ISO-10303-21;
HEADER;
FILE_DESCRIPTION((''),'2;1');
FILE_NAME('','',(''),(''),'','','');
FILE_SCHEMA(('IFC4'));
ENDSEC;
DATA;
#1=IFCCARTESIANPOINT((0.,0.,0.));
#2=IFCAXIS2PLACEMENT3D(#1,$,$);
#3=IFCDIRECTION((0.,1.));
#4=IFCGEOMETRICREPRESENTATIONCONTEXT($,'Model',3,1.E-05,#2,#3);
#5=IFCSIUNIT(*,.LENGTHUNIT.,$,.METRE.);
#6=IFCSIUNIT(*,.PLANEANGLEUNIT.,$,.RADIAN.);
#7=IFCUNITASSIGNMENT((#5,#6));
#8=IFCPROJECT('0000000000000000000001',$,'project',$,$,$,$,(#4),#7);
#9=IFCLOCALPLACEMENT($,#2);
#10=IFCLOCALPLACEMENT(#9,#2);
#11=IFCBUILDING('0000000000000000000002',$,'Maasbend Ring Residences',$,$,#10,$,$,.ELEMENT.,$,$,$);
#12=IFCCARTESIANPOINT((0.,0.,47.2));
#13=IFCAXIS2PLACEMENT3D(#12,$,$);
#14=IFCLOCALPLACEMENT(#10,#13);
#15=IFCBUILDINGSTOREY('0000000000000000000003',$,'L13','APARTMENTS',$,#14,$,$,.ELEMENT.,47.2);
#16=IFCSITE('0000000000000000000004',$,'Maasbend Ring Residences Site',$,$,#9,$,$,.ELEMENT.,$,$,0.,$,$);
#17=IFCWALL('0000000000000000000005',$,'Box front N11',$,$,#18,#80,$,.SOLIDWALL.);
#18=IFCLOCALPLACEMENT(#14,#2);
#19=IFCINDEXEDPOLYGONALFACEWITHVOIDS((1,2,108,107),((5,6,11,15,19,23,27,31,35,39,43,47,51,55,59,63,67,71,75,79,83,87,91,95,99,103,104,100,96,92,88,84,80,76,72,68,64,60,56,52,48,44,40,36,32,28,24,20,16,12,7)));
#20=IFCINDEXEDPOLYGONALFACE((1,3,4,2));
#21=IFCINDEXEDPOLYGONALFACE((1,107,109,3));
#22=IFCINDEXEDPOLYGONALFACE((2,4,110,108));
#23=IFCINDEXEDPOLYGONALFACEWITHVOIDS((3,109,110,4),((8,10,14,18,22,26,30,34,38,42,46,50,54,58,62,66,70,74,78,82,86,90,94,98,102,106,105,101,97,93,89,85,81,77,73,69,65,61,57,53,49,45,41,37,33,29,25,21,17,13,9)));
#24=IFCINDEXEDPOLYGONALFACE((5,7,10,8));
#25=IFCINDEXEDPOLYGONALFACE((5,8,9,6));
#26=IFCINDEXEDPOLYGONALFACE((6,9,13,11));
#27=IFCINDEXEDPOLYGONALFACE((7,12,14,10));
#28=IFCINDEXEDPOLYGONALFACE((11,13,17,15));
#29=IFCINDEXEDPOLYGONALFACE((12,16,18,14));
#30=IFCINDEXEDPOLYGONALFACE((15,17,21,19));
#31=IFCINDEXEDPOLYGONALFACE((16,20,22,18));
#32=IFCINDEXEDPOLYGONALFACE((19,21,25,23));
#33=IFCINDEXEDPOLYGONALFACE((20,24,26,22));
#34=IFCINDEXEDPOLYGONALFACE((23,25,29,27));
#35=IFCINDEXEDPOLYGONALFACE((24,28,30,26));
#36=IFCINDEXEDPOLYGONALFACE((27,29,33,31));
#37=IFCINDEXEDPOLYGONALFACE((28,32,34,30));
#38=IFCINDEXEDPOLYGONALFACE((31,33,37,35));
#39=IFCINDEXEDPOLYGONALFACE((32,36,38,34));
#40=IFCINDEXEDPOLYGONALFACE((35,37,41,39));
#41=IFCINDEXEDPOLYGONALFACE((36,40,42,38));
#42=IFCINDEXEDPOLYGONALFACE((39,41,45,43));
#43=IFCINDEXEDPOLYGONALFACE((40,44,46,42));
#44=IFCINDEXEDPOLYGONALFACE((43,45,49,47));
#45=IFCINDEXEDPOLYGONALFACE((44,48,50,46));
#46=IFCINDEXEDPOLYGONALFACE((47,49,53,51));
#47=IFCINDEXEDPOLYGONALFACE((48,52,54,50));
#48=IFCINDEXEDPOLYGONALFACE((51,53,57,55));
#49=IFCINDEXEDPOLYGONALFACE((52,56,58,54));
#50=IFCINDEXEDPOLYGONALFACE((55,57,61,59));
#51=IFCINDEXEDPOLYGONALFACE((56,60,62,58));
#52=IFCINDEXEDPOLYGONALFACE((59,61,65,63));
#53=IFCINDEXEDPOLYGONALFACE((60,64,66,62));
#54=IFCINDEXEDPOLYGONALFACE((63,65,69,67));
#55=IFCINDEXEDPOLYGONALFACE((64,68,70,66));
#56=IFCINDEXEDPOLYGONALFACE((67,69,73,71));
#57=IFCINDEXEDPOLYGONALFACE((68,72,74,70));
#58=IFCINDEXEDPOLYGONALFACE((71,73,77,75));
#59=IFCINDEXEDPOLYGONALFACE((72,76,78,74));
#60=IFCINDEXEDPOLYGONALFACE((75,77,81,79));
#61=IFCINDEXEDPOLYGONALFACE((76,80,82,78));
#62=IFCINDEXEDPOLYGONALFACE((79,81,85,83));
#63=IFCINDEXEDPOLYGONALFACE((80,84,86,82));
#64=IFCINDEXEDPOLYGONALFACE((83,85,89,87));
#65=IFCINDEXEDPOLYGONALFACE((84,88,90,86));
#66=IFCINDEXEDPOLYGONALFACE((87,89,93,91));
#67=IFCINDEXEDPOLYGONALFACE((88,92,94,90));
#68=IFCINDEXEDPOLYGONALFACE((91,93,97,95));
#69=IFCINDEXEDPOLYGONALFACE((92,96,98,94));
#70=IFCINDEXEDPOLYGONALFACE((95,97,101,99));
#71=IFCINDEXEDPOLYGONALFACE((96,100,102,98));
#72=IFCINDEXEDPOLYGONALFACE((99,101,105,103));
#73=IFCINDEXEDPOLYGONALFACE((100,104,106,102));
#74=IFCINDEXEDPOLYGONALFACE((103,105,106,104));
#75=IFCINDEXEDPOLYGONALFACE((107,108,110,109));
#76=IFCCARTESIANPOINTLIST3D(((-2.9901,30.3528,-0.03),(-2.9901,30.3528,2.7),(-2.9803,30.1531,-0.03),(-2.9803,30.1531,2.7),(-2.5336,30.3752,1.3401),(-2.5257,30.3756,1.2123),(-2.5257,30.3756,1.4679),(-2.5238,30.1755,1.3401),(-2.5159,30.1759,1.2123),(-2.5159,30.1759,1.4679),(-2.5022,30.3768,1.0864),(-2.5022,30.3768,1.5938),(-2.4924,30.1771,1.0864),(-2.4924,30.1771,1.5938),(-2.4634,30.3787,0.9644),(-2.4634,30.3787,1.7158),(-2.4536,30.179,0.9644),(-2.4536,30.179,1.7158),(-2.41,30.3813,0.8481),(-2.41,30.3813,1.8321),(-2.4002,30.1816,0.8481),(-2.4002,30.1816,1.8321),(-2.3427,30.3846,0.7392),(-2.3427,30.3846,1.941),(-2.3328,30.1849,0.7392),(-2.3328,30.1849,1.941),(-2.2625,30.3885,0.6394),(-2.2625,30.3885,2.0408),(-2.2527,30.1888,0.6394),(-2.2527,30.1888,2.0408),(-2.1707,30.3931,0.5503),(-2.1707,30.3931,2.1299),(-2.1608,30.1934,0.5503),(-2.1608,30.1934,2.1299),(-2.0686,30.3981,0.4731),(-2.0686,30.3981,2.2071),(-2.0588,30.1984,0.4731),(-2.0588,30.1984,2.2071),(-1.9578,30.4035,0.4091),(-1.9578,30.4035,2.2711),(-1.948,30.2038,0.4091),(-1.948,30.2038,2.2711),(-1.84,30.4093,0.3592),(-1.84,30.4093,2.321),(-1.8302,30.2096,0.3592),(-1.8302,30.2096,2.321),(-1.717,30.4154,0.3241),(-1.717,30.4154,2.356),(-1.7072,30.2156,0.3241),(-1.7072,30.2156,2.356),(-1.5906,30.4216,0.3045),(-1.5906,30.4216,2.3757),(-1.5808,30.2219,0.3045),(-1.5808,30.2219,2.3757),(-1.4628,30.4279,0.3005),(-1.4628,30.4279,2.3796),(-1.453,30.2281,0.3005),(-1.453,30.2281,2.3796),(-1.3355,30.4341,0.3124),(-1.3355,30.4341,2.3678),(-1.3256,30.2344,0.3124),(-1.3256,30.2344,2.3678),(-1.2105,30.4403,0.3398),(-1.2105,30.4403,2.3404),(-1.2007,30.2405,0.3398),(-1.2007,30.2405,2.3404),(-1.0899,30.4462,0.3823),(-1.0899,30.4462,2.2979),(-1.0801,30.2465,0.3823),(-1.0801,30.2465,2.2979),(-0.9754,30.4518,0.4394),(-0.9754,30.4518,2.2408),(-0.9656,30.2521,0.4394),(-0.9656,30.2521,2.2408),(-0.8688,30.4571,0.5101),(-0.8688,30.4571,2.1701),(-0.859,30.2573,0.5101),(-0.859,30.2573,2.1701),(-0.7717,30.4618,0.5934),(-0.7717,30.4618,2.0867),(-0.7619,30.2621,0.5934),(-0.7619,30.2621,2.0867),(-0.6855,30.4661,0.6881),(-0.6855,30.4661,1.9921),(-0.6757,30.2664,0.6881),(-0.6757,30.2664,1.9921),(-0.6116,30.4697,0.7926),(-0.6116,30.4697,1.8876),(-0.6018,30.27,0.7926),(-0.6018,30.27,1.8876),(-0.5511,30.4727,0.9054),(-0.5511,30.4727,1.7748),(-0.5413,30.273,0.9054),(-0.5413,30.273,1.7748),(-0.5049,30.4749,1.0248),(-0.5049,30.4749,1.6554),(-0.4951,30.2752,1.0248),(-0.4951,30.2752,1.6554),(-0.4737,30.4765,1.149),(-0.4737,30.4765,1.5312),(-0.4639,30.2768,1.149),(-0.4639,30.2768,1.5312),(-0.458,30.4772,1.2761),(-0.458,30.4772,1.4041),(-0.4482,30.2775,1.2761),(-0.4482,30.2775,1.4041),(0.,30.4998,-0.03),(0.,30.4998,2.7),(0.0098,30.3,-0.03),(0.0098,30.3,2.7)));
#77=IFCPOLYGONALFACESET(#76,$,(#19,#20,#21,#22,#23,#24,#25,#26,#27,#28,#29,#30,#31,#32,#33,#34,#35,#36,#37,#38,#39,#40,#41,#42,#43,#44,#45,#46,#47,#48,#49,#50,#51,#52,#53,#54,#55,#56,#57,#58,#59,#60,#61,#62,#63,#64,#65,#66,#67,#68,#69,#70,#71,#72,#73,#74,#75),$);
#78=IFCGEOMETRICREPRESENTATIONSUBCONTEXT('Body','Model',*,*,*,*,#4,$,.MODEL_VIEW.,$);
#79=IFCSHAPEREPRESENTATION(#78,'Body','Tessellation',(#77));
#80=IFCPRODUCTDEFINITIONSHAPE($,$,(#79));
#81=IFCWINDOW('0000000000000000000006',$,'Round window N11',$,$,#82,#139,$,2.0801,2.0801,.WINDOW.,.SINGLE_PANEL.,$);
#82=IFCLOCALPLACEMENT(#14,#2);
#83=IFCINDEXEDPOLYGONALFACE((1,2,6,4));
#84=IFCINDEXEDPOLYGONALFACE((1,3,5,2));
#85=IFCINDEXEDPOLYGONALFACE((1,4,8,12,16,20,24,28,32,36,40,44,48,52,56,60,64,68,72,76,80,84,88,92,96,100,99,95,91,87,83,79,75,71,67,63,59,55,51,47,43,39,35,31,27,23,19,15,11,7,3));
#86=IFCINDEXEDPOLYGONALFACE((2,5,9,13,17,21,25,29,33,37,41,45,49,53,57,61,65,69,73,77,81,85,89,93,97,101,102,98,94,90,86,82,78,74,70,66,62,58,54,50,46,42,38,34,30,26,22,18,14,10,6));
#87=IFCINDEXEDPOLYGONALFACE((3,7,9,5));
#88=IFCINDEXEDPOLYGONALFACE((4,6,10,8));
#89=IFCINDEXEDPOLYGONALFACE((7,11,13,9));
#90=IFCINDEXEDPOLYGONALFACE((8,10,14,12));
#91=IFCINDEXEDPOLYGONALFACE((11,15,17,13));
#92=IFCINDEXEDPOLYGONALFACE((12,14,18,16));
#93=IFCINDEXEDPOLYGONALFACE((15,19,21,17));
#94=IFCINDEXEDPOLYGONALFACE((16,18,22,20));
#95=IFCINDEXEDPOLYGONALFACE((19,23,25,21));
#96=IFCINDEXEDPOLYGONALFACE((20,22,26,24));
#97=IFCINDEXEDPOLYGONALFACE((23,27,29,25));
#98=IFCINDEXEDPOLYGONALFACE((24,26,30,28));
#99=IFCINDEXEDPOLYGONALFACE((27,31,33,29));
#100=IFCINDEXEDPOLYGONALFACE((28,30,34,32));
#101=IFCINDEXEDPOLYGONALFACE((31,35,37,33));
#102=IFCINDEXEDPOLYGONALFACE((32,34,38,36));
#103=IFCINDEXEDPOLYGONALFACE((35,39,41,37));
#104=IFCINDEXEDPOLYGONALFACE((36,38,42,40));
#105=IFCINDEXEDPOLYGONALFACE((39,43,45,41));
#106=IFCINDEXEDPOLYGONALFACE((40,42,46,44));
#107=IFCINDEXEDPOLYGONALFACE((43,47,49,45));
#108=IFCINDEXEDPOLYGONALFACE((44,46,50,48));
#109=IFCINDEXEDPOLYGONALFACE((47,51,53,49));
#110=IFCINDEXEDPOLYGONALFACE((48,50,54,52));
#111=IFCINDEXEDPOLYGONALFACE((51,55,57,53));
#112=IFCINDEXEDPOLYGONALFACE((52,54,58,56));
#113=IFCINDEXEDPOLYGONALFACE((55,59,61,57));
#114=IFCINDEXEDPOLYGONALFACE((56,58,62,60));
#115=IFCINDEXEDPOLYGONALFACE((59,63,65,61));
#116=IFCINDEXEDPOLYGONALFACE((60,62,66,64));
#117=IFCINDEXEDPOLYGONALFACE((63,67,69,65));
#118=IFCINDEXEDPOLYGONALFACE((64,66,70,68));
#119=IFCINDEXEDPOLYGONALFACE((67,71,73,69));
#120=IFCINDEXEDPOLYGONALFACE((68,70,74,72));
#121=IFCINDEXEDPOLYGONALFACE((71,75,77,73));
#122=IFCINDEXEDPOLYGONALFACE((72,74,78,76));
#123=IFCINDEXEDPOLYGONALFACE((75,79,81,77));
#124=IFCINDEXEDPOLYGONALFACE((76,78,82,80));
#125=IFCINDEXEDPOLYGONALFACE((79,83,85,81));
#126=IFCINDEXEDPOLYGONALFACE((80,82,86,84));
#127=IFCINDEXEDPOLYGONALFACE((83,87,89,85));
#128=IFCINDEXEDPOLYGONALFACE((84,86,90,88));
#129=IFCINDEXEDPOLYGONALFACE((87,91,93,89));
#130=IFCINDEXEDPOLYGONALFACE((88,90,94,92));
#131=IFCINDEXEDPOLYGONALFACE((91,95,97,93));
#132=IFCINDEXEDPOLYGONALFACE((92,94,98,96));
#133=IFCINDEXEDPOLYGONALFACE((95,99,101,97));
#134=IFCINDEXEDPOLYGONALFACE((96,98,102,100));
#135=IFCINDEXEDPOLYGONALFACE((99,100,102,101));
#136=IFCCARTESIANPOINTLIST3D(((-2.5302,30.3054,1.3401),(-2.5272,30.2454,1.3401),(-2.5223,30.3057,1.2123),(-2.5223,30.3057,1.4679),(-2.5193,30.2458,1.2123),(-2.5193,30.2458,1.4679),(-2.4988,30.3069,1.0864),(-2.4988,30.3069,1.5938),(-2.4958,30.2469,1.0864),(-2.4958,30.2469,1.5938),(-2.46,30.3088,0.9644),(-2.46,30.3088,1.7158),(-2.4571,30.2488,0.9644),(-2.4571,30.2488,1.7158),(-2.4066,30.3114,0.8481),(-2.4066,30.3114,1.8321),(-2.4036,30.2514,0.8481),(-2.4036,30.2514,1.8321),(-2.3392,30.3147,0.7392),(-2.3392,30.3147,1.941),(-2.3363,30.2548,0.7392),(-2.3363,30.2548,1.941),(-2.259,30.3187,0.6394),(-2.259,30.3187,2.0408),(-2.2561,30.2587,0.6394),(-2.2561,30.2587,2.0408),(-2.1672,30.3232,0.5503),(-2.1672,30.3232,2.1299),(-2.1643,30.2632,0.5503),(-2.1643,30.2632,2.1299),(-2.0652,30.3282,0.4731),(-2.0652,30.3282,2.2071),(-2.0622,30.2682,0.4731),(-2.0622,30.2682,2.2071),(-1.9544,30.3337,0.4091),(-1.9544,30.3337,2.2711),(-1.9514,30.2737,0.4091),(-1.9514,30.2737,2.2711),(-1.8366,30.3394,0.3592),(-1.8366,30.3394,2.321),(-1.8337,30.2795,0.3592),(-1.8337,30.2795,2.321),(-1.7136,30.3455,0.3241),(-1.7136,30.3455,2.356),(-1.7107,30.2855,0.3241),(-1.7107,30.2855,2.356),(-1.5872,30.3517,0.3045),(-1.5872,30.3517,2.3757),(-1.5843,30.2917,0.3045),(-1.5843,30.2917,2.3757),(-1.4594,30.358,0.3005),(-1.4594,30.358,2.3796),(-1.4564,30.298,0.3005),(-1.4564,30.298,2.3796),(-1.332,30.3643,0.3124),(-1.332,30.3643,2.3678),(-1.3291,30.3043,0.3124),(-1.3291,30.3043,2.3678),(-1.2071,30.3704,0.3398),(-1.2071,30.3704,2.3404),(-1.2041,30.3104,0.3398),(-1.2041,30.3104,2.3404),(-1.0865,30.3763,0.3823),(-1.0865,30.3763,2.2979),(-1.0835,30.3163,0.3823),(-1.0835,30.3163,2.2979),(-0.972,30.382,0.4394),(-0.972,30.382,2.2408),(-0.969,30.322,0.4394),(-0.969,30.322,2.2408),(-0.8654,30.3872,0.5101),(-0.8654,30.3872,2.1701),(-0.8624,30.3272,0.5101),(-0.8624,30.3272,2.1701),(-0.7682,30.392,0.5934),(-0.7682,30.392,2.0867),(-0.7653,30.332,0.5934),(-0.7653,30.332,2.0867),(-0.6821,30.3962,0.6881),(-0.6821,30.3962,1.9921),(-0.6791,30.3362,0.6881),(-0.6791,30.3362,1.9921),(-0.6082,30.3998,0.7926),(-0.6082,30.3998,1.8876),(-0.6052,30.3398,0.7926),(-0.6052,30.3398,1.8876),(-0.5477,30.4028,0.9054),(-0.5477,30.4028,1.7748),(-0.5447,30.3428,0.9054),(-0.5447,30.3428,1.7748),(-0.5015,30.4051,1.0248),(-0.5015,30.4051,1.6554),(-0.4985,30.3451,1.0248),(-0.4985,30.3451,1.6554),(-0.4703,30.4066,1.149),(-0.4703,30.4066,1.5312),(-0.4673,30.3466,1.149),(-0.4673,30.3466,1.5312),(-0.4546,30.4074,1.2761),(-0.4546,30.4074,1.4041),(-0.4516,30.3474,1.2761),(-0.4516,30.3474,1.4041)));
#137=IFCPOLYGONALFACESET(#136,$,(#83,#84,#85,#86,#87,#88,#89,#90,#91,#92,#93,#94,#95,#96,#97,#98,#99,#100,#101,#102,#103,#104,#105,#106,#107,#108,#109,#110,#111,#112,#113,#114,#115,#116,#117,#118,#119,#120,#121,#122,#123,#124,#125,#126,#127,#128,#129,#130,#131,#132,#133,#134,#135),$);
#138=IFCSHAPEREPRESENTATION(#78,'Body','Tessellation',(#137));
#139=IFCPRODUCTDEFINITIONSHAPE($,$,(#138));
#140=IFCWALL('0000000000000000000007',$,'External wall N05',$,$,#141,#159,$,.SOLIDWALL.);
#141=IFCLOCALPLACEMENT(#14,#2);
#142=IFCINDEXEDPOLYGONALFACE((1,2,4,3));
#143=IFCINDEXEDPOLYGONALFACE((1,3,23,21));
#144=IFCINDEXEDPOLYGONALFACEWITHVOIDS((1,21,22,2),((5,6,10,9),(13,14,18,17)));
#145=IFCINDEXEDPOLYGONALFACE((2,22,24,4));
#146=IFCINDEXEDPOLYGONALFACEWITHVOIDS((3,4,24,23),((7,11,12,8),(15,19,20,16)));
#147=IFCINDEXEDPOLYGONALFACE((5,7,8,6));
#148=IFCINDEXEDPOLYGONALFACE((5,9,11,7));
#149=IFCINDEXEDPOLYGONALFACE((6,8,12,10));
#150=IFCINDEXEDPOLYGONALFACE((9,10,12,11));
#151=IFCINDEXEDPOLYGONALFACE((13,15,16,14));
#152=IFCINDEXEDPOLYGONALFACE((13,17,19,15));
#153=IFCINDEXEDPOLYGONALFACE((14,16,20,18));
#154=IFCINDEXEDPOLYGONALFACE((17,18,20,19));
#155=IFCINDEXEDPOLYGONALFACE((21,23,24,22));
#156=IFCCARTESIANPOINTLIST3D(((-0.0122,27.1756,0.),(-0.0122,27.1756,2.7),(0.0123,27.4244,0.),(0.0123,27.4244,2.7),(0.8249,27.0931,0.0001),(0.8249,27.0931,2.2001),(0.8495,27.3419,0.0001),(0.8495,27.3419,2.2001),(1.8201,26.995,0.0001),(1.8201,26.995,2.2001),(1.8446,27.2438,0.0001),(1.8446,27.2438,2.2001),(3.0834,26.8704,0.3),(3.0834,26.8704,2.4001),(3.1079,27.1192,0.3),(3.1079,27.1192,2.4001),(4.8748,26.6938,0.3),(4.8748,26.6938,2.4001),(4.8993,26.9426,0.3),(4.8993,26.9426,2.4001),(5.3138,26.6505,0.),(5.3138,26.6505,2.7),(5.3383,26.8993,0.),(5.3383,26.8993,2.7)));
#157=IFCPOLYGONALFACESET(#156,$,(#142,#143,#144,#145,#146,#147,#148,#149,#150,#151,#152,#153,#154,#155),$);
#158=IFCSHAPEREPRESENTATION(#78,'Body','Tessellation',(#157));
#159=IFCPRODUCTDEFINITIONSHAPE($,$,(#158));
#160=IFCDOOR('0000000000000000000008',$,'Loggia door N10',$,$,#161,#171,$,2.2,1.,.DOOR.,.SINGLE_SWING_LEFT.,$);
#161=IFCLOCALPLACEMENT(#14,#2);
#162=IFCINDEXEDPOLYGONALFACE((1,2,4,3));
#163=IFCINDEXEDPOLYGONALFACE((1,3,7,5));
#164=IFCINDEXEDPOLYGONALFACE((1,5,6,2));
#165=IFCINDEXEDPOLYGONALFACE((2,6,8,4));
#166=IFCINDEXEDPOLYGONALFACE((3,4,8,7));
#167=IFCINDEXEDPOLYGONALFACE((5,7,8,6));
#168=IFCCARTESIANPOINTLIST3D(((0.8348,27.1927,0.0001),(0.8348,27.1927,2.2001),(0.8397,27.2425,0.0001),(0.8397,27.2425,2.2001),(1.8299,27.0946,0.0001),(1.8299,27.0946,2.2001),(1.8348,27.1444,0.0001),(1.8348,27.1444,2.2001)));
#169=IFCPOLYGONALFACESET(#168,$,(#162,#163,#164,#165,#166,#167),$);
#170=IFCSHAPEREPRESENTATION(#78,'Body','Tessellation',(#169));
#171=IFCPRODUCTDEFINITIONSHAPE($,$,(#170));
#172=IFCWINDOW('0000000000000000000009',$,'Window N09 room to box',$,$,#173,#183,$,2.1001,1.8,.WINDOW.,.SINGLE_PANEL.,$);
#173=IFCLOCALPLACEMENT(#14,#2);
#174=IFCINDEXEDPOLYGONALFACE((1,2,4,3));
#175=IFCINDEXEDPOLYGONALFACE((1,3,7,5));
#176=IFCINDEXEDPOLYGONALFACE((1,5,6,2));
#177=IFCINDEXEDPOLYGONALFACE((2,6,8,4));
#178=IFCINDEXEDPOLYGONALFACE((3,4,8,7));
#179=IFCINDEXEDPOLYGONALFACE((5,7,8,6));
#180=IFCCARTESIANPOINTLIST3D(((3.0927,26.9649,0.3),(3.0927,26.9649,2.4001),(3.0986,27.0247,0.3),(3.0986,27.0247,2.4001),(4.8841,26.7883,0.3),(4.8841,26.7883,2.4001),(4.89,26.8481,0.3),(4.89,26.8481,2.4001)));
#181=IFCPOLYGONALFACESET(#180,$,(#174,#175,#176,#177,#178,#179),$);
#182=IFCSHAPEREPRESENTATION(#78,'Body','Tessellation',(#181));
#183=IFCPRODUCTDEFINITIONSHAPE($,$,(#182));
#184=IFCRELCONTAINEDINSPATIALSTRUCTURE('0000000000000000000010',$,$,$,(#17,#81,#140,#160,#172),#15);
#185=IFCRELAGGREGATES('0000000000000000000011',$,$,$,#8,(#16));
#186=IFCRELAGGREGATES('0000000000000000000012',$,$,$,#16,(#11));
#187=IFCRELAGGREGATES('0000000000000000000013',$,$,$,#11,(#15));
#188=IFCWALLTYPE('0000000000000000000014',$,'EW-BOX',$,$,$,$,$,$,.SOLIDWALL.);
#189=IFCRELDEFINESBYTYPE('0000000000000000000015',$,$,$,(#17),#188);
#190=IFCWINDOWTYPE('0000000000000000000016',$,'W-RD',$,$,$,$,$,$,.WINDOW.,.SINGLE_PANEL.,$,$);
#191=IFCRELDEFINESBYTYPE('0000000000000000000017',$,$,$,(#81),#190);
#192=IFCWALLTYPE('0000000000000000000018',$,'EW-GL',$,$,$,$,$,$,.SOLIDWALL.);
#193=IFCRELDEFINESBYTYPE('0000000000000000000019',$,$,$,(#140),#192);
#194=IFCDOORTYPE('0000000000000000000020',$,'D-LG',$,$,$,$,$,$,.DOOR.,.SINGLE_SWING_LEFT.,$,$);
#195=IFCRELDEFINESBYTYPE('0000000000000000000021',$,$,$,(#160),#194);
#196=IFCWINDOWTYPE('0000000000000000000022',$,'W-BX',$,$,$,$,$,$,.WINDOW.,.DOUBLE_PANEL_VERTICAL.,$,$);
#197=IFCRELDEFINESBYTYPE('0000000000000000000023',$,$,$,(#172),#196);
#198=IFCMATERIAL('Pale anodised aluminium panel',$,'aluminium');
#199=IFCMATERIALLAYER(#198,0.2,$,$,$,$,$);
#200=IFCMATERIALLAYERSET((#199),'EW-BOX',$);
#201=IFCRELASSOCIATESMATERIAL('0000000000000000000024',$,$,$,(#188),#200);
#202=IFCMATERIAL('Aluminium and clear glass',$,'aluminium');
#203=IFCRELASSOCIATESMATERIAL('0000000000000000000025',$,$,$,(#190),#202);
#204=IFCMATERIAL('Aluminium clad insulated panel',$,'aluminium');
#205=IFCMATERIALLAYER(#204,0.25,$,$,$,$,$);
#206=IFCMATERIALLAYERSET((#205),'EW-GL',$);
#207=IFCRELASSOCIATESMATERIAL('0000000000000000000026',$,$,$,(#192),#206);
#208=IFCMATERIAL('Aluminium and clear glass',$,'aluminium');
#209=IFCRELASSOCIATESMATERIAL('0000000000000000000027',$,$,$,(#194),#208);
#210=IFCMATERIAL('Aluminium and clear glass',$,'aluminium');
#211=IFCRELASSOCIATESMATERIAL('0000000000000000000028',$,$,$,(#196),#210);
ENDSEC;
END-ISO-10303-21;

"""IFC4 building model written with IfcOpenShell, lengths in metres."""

from ifc_helpers import new_model, si_unit, direction, frame, frame_2d, origin, place, context, subcontext, project, spatial, rectangle, circle, extrude, material, layer, layer_set, type_object, element, fill, save


model = new_model("IFC4")

# Units and contexts
model_context = context("Model", 3, precision=1e-05, world=origin(), true_north=direction((0.0, 1.0)))
body_context = subcontext(model_context, "Body", "Model", "MODEL_VIEW")
ifc_project = project(units=[si_unit("LENGTHUNIT", "METRE"), si_unit("PLANEANGLEUNIT", "RADIAN")], contexts=[model_context])

# Site, building, storey
site_placement = place(None, origin())
site = spatial("IfcSite", under=ifc_project, at=site_placement, Name="Maasbend Ring Residences Site", CompositionType="ELEMENT", RefElevation=0.0)
building_placement = place(site_placement, origin())
building = spatial("IfcBuilding", under=site, at=building_placement, Name="Maasbend Ring Residences", CompositionType="ELEMENT")
storey_placement = place(building_placement, frame((0.0, 0.0, 47.2)))
storey = spatial("IfcBuildingStorey", under=building, at=storey_placement, Name="L13", Description="APARTMENTS", CompositionType="ELEMENT", Elevation=47.2)

# Shared definitions
ifc_material_1 = material(Name="Pale anodised aluminium panel", Category="aluminium")
ifc_layer_1 = layer(ifc_material_1, 0.2)
ifc_layer_set_1 = layer_set([ifc_layer_1], Name="EW-BOX")
wall_type_1 = type_object("IfcWallType", Name="EW-BOX", PredefinedType="SOLIDWALL", material=ifc_layer_set_1)

# Shared definitions
ifc_material_2 = material(Name="Aluminium and clear glass", Category="aluminium")
window_type_1 = type_object("IfcWindowType", Name="W-RD", PartitioningType="SINGLE_PANEL", PredefinedType="WINDOW", material=ifc_material_2)

# Wall, opening, window
wall_1_placement = place(storey_placement, frame((0.0049, 30.3999, -0.03), z_axis=(0.0, 0.0, 1.0), x_axis=(-0.998794, -0.049096, 0.0)))
wall_1 = element("IfcWall", 1, at=wall_1_placement, inside=storey, type_object=wall_type_1, Name="Box front N11", PredefinedType="SOLIDWALL", context=body_context, shape_type="SweptSolid", body=[
    extrude(rectangle(XDim=2.9937, YDim=0.2, at=frame_2d((1.4968, 0.0))), origin(), (0.0, 0.0, 1.0), 2.73),
])
opening_1_placement = place(wall_1_placement, frame((0.4565, 0.0, 0.3301)))
opening_1 = element("IfcOpeningElement", 2, at=opening_1_placement, cuts=wall_1, PredefinedType="OPENING", context=body_context, shape_type="SweptSolid", body=[
    extrude(circle(Radius=1.04, at=frame_2d((1.04, 1.04))), frame((0.0, 0.1099, 0.0), z_axis=(0.0, -1.0, 0.0), x_axis=(1.0, 0.0, 0.0)), (0.0, 0.0, 1.0), 0.22),
])
window_1_placement = place(opening_1_placement, origin())
window_1 = element("IfcWindow", 3, at=window_1_placement, inside=storey, type_object=window_type_1, Name="Round window N11", OverallHeight=2.0801, OverallWidth=2.0801, PartitioningType="SINGLE_PANEL", PredefinedType="WINDOW", context=body_context, shape_type="SweptSolid", body=[
    extrude(circle(Radius=1.04, at=frame_2d((1.04, 1.04))), frame((0.0, 0.03, 0.0), z_axis=(0.0, -1.0, 0.0), x_axis=(1.0, 0.0, 0.0)), (0.0, 0.0, 1.0), 0.0601),
])
fill(opening_1, window_1)

# Wall, openings, door, window
ifc_material_3 = material(Name="Aluminium clad insulated panel", Category="aluminium")
ifc_layer_2 = layer(ifc_material_3, 0.25)
ifc_layer_set_2 = layer_set([ifc_layer_2], Name="EW-GL")
wall_type_2 = type_object("IfcWallType", Name="EW-GL", PredefinedType="SOLIDWALL", material=ifc_layer_set_2)
wall_2_placement = place(storey_placement, frame((5.3259, 26.7749, 0.0), z_axis=(0.0, 0.0, 1.0), x_axis=(-0.995174, 0.098126, 0.0)))
wall_2 = element("IfcWall", 4, at=wall_2_placement, inside=storey, type_object=wall_type_2, Name="External wall N05", PredefinedType="SOLIDWALL", context=body_context, shape_type="SweptSolid", body=[
    extrude(rectangle(XDim=5.3518, YDim=0.25, at=frame_2d((2.6758, 0.0))), origin(), (0.0, 0.0, 1.0), 2.7),
])
opening_2_placement = place(wall_2_placement, frame((0.4412, 0.0, 0.3)))
opening_2 = element("IfcOpeningElement", 5, at=opening_2_placement, cuts=wall_2, PredefinedType="OPENING", context=body_context, shape_type="SweptSolid", body=[
    extrude(rectangle(XDim=1.8, YDim=2.1001, at=frame_2d((0.8999, 1.05))), frame((0.0, 0.135, 0.0), z_axis=(0.0, -1.0, 0.0), x_axis=(1.0, 0.0, 0.0)), (0.0, 0.0, 1.0), 0.27),
])
opening_3_placement = place(wall_2_placement, frame((3.5105, 0.0, 0.0)))
opening_3 = element("IfcOpeningElement", 6, at=opening_3_placement, cuts=wall_2, PredefinedType="OPENING", context=body_context, shape_type="SweptSolid", body=[
    extrude(rectangle(XDim=1.0, YDim=2.2, at=frame_2d((0.5, 1.1001))), frame((0.0, 0.135, 0.0), z_axis=(0.0, -1.0, 0.0), x_axis=(1.0, 0.0, 0.0)), (0.0, 0.0, 1.0), 0.27),
])
ifc_material_4 = material(Name="Aluminium and clear glass", Category="aluminium")
door_type_1 = type_object("IfcDoorType", Name="D-LG", OperationType="SINGLE_SWING_LEFT", PredefinedType="DOOR", material=ifc_material_4)
door_1_placement = place(opening_3_placement, origin())
door_1 = element("IfcDoor", 7, at=door_1_placement, inside=storey, type_object=door_type_1, Name="Loggia door N10", OperationType="SINGLE_SWING_LEFT", OverallHeight=2.2, OverallWidth=1.0, PredefinedType="DOOR", context=body_context, shape_type="SweptSolid", body=[
    extrude(rectangle(XDim=1.0, YDim=2.2, at=frame_2d((0.5, 1.1001))), frame((0.0, 0.0249, 0.0), z_axis=(0.0, -1.0, 0.0), x_axis=(1.0, 0.0, 0.0)), (0.0, 0.0, 1.0), 0.05),
])
fill(opening_3, door_1)
ifc_material_5 = material(Name="Aluminium and clear glass", Category="aluminium")
window_type_2 = type_object("IfcWindowType", Name="W-BX", PartitioningType="DOUBLE_PANEL_VERTICAL", PredefinedType="WINDOW", material=ifc_material_5)
window_2_placement = place(opening_2_placement, origin())
window_2 = element("IfcWindow", 8, at=window_2_placement, inside=storey, type_object=window_type_2, Name="Window N09 room to box", OverallHeight=2.1001, OverallWidth=1.8, PartitioningType="SINGLE_PANEL", PredefinedType="WINDOW", context=body_context, shape_type="SweptSolid", body=[
    extrude(rectangle(XDim=1.8, YDim=2.1001, at=frame_2d((0.8999, 1.05))), frame((0.0, 0.03, 0.0), z_axis=(0.0, -1.0, 0.0), x_axis=(1.0, 0.0, 0.0)), (0.0, 0.0, 1.0), 0.0601),
])
fill(opening_2, window_2)

save(model, "model.ifc")
